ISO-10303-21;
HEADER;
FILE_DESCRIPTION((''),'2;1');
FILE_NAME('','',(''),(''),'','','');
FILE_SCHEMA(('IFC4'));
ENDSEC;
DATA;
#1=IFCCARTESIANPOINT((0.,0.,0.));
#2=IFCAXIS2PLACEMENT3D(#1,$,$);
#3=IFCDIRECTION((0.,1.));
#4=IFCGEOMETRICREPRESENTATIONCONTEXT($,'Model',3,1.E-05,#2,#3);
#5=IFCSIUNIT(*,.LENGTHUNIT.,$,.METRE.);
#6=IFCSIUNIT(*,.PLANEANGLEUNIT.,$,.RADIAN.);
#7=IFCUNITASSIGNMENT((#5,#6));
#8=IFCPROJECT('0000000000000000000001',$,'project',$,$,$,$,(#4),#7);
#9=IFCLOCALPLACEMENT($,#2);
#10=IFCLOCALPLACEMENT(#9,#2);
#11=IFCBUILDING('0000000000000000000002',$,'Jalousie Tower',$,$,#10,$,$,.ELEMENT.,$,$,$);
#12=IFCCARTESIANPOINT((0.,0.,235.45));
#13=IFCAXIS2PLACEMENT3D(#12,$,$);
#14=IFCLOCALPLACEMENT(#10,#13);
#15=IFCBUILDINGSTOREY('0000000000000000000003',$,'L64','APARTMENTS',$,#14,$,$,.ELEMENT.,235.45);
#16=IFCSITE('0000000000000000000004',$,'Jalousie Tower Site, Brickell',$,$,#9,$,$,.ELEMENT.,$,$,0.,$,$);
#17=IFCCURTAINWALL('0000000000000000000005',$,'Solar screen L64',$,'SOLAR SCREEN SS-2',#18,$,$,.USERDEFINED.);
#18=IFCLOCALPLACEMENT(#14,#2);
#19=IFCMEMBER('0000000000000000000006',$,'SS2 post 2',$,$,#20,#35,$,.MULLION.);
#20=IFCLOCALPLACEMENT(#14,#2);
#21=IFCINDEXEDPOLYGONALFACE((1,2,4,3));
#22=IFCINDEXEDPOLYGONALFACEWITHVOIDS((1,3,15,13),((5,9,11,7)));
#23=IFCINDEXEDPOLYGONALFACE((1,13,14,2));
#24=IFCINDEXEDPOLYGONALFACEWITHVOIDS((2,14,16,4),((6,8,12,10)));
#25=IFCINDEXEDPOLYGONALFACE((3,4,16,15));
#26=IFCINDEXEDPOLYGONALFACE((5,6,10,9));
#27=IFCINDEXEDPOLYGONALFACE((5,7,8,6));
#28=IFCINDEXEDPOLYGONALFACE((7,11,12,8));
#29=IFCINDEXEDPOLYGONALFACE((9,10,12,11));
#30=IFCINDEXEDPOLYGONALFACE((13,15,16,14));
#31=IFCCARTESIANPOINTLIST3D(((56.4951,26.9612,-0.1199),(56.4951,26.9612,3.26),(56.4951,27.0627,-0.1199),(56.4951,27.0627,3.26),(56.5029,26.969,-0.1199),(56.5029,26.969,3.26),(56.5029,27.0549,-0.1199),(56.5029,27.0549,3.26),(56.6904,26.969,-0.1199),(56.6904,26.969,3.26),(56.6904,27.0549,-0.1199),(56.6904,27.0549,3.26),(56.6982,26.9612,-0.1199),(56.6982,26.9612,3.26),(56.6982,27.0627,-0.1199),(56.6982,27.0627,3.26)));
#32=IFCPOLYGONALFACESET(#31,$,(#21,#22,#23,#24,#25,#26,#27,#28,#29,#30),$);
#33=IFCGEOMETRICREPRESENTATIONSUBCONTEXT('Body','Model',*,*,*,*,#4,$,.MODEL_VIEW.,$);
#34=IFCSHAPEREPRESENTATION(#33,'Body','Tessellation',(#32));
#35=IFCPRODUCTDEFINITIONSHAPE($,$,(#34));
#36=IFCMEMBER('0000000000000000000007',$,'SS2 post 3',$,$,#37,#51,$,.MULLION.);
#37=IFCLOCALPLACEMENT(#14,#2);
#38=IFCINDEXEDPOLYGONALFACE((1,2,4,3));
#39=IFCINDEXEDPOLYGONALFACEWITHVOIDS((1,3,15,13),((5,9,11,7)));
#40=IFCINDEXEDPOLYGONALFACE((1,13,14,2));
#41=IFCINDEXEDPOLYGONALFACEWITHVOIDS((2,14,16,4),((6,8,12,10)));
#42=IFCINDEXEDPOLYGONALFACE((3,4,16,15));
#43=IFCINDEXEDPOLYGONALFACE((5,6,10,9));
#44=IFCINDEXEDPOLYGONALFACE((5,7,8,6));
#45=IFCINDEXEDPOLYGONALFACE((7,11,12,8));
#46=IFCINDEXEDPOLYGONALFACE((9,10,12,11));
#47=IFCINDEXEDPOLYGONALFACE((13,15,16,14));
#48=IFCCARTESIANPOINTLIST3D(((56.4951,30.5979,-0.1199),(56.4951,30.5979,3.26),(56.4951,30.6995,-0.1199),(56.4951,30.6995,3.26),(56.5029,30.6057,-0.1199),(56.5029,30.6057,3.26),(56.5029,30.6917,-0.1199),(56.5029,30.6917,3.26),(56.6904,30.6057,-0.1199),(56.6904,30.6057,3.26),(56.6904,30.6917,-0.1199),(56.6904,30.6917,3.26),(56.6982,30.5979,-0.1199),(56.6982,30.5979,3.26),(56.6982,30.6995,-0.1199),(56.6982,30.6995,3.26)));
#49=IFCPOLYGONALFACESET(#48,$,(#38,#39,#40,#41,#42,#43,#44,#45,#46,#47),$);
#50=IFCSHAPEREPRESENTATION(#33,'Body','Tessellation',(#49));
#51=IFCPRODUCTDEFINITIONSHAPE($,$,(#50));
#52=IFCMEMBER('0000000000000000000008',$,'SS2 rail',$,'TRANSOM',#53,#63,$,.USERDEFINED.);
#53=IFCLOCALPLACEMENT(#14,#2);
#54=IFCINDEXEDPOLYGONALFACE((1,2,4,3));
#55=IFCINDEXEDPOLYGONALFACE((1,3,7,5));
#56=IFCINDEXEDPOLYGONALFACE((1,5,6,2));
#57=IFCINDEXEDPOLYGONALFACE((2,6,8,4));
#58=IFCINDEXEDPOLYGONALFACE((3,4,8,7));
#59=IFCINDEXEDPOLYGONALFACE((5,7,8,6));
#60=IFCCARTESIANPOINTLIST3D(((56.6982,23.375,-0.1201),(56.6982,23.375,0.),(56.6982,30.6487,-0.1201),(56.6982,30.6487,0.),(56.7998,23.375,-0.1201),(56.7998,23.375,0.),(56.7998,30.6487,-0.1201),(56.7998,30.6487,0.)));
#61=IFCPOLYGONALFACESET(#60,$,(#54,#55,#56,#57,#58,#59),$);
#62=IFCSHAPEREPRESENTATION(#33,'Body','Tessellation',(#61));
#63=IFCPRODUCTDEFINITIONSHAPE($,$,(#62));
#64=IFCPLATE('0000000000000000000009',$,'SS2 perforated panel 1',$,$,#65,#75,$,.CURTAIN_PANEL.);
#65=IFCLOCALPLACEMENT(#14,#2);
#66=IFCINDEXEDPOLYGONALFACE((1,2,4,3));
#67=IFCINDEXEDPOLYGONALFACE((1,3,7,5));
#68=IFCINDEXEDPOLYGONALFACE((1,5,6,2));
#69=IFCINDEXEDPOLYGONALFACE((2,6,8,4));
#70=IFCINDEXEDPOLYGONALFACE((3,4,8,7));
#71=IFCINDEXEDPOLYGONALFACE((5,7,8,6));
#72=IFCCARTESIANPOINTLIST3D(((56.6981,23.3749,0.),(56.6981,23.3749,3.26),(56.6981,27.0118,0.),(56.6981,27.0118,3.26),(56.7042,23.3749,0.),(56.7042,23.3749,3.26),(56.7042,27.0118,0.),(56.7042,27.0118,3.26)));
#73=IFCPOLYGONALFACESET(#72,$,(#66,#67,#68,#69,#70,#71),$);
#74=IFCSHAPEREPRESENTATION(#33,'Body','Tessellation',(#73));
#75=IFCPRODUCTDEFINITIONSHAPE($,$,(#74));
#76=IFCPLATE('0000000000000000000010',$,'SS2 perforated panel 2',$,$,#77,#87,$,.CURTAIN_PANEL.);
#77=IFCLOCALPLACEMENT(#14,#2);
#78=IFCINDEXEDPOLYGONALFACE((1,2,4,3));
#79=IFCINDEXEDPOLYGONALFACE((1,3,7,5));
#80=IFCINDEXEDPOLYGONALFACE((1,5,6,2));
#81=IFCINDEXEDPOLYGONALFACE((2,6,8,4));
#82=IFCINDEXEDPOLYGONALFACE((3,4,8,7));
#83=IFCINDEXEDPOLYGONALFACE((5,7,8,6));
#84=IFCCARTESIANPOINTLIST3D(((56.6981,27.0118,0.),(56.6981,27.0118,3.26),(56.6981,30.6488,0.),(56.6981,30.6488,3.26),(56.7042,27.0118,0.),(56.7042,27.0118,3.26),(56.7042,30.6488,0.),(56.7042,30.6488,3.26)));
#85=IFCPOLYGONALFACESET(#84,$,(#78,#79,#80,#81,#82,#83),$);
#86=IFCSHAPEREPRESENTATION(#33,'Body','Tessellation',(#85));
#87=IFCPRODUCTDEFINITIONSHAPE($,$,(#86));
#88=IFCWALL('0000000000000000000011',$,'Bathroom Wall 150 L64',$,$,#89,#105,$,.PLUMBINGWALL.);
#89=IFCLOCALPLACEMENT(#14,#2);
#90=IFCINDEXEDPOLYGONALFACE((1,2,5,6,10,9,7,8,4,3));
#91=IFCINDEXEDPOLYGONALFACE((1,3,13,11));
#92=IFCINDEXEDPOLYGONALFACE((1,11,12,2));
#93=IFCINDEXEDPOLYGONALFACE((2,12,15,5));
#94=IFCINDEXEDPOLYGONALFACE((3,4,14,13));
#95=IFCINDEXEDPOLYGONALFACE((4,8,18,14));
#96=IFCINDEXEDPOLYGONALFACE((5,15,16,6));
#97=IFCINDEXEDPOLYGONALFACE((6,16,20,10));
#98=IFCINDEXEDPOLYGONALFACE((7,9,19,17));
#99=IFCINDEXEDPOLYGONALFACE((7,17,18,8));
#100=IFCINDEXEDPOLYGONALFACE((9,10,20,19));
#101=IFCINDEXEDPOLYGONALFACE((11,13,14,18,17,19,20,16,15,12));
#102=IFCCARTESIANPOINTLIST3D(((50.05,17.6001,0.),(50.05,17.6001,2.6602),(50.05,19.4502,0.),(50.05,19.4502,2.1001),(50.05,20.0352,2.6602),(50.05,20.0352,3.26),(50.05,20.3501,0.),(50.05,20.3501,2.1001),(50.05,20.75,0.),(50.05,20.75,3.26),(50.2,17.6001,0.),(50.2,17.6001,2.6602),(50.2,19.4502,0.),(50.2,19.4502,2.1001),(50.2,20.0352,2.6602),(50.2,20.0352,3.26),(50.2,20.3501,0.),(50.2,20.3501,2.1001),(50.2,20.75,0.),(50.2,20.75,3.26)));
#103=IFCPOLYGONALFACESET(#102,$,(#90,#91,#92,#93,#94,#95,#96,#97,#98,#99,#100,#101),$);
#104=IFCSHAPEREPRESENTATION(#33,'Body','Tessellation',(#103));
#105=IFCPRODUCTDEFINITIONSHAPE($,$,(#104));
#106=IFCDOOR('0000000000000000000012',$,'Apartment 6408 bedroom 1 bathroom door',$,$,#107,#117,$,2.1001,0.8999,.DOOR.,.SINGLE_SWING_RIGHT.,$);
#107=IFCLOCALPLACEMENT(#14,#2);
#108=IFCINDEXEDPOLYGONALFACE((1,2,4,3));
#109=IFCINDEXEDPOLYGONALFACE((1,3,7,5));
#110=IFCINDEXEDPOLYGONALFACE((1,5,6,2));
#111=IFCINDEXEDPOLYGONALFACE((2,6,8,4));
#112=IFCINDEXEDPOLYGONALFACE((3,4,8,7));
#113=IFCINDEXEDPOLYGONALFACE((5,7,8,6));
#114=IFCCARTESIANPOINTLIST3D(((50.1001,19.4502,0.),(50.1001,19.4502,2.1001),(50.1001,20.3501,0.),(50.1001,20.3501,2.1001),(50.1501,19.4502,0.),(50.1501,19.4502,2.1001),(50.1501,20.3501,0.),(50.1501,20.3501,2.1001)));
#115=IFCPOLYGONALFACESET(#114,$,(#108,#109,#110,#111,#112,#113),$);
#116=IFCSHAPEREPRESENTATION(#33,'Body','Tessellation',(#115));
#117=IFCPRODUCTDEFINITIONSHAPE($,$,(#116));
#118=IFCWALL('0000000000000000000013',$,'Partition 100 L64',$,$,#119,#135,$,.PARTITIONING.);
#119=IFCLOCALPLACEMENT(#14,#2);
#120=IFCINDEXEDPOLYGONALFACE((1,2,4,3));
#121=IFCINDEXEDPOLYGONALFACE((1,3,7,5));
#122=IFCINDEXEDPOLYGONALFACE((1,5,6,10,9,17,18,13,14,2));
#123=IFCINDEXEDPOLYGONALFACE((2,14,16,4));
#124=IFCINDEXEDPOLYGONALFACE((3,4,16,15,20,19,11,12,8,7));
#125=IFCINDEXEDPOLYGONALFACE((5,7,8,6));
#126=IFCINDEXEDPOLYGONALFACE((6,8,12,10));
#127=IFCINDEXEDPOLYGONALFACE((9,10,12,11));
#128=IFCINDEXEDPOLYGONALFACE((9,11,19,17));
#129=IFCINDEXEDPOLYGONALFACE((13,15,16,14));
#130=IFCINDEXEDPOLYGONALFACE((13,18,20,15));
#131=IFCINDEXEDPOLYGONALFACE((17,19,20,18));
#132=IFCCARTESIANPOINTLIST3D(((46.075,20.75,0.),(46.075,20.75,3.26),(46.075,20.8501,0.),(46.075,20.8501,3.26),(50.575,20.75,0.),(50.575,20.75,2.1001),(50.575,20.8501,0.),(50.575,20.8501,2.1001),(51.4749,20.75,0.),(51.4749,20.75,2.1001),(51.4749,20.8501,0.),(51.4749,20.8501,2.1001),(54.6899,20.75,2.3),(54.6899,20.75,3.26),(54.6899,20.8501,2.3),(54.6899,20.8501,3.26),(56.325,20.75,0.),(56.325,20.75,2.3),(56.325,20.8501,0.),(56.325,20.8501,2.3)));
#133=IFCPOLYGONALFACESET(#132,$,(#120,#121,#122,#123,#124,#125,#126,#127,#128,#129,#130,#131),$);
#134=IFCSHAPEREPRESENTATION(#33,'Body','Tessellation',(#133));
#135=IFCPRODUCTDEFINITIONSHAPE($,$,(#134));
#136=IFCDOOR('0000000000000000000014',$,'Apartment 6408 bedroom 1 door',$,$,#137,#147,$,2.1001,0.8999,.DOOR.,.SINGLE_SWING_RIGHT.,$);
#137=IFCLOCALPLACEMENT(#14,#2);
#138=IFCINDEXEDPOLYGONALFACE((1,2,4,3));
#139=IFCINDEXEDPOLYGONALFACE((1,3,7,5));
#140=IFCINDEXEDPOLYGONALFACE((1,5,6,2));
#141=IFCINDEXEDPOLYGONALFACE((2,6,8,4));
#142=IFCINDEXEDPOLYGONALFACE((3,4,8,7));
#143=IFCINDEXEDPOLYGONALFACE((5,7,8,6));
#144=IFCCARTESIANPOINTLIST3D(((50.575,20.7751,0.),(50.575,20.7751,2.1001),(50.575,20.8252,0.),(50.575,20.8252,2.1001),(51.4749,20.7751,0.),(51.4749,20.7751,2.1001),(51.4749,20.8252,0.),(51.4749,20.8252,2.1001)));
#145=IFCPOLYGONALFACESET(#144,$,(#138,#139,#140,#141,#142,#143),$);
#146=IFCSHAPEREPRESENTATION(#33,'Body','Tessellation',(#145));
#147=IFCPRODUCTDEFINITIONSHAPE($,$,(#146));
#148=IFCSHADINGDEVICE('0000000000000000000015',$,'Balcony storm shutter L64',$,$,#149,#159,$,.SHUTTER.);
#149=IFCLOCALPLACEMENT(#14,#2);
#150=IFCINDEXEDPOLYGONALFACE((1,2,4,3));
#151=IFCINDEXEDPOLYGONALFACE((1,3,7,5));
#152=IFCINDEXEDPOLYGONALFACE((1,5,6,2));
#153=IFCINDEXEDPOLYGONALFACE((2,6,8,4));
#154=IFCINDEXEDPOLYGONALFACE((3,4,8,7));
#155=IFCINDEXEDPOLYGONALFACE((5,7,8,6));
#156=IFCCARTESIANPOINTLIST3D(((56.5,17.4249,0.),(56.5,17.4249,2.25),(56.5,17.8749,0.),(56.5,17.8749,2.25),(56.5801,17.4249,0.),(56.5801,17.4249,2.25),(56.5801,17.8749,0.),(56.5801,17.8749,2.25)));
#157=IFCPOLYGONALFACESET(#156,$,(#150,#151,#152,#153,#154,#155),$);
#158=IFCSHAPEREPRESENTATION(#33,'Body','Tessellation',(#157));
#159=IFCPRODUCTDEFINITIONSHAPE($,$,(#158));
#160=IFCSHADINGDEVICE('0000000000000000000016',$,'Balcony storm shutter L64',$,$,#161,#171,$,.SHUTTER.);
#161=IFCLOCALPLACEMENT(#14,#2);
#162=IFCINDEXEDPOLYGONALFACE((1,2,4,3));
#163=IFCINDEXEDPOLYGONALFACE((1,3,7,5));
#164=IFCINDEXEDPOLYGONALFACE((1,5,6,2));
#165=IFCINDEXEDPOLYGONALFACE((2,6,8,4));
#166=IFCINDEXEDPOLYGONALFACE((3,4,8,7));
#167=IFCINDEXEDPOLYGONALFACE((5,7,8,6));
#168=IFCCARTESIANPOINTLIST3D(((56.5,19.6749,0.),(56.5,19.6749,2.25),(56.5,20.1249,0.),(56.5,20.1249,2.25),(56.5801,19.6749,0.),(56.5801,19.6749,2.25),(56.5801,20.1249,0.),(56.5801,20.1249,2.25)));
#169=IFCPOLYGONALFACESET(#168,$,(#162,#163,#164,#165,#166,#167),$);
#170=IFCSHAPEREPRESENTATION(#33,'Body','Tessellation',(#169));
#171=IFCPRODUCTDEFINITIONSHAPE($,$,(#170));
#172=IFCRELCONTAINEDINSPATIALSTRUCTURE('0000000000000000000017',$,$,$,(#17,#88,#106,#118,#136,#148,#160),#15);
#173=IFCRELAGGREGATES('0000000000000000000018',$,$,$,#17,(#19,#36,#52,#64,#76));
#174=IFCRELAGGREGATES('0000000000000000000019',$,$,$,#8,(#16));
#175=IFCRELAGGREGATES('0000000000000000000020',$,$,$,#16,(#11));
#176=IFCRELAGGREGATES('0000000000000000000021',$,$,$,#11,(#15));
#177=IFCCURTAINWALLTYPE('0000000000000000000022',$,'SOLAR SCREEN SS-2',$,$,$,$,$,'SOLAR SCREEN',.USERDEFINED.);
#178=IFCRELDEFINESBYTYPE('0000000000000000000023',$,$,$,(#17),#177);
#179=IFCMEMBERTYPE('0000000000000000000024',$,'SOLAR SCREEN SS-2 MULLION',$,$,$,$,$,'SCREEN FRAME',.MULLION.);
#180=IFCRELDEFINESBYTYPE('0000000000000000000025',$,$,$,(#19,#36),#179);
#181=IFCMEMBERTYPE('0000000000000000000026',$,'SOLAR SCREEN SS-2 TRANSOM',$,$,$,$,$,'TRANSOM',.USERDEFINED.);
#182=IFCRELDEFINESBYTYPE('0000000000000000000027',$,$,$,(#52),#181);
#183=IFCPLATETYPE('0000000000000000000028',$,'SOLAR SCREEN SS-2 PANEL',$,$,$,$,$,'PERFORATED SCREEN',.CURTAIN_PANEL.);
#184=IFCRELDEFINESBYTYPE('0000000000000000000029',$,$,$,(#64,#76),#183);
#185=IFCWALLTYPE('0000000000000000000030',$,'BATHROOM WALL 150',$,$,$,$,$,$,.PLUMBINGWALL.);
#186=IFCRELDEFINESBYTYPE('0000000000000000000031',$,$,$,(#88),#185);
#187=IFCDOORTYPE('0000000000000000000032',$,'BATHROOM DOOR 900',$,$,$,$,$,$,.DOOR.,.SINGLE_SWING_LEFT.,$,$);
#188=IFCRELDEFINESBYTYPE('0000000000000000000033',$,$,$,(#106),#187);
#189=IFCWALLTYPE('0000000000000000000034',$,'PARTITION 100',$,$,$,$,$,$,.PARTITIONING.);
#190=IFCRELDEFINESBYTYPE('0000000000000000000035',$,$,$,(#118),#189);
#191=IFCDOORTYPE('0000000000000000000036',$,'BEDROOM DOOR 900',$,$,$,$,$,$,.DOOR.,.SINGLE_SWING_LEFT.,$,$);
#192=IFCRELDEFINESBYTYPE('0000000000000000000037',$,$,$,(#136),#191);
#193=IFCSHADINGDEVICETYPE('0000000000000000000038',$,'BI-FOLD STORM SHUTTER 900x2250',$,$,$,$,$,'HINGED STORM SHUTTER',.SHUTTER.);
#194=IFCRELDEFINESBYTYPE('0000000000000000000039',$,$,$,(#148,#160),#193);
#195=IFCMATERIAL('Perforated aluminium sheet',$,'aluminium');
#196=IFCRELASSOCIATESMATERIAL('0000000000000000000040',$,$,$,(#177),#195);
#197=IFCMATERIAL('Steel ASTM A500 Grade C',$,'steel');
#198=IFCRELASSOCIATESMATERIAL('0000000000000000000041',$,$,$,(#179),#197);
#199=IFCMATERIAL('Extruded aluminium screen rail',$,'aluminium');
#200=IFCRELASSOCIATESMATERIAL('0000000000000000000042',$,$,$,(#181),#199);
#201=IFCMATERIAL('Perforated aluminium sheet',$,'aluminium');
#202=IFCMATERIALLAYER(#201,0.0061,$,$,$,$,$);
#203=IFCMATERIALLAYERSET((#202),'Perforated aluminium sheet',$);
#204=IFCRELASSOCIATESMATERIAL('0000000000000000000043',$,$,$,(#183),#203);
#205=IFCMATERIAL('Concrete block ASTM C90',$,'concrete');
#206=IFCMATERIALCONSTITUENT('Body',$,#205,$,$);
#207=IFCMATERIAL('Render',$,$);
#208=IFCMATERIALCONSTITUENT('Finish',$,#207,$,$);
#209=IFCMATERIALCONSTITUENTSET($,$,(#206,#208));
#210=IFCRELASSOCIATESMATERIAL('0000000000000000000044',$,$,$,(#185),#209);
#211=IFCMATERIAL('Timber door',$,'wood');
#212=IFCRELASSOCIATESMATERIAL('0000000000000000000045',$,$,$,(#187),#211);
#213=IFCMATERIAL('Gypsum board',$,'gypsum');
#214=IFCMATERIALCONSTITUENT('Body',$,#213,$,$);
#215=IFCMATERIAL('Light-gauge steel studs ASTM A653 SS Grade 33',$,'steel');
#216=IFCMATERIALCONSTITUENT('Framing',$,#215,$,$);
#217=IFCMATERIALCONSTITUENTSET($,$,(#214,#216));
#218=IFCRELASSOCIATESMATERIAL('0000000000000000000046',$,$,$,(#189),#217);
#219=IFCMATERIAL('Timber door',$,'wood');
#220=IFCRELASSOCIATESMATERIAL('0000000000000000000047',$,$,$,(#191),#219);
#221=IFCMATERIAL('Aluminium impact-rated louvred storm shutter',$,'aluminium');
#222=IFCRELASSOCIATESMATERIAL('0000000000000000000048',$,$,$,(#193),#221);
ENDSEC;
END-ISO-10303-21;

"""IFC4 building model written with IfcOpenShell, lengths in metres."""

from ifc_helpers import new_model, si_unit, direction, frame, frame_2d, origin, origin_2d, place, context, subcontext, project, spatial, polyline, rectangle, hollow_rectangle, outline, extrude, material, layer, layer_set, constituent, constituent_set, material_profile, profile_set, type_object, element, fill, aggregate, save


model = new_model("IFC4")

# Units and contexts
model_context = context("Model", 3, precision=1e-05, world=origin(), true_north=direction((0.0, 1.0)))
body_context = subcontext(model_context, "Body", "Model", "MODEL_VIEW")
ifc_project = project(units=[si_unit("LENGTHUNIT", "METRE"), si_unit("PLANEANGLEUNIT", "RADIAN")], contexts=[model_context])

# Site, building, storey
site_placement = place(None, origin())
site = spatial("IfcSite", under=ifc_project, at=site_placement, Name="Jalousie Tower Site, Brickell", CompositionType="ELEMENT", RefElevation=0.0)
building_placement = place(site_placement, origin())
building = spatial("IfcBuilding", under=site, at=building_placement, Name="Jalousie Tower", CompositionType="ELEMENT")
storey_placement = place(building_placement, frame((0.0, 0.0, 235.45)))
storey = spatial("IfcBuildingStorey", under=building, at=storey_placement, Name="L64", Description="APARTMENTS", CompositionType="ELEMENT", Elevation=235.45)

# Curtain wall, members, plates
ifc_material_1 = material(Name="Perforated aluminium sheet", Category="aluminium")
curtain_wall_type_1 = type_object("IfcCurtainWallType", Name="SOLAR SCREEN SS-2", ElementType="SOLAR SCREEN", PredefinedType="USERDEFINED", material=ifc_material_1)
curtain_wall_1_placement = place(storey_placement, origin())
curtain_wall_1 = element("IfcCurtainWall", 1, at=curtain_wall_1_placement, inside=storey, type_object=curtain_wall_type_1, Name="Solar screen L64", ObjectType="SOLAR SCREEN SS-2", PredefinedType="USERDEFINED")
ifc_material_2 = material(Name="Steel ASTM A500 Grade C", Category="steel")
ifc_material_profile_1 = material_profile(ifc_material_2, hollow_rectangle(XDim=0.1016, YDim=0.2031, WallThickness=0.0078, at=origin_2d()), Name="HSS8X4X5/16")
ifc_profile_set_1 = profile_set([ifc_material_profile_1], Name="Steel ASTM A500 Grade C")
member_type_1 = type_object("IfcMemberType", Name="SOLAR SCREEN SS-2 MULLION", ElementType="SCREEN FRAME", PredefinedType="MULLION", material=ifc_profile_set_1)
member_1_placement = place(storey_placement, frame((56.5967, 27.012, -0.1199), z_axis=(0.0, 0.0, 1.0), x_axis=(0.0, 1.0, 0.0)))
member_1 = element("IfcMember", 2, at=member_1_placement, type_object=member_type_1, Name="SS2 post 2", PredefinedType="MULLION", context=body_context, shape_type="SweptSolid", body=[
    extrude(hollow_rectangle(XDim=0.1016, YDim=0.2031, WallThickness=0.0078, at=origin_2d()), origin(), (0.0, 0.0, 1.0), 3.3799),
])
member_2_placement = place(storey_placement, frame((56.5967, 30.6487, -0.1199), z_axis=(0.0, 0.0, 1.0), x_axis=(0.0, 1.0, 0.0)))
member_2 = element("IfcMember", 3, at=member_2_placement, type_object=member_type_1, Name="SS2 post 3", PredefinedType="MULLION", context=body_context, shape_type="SweptSolid", body=[
    extrude(hollow_rectangle(XDim=0.1016, YDim=0.2031, WallThickness=0.0078, at=origin_2d()), origin(), (0.0, 0.0, 1.0), 3.3799),
])
ifc_material_3 = material(Name="Extruded aluminium screen rail", Category="aluminium")
ifc_material_profile_2 = material_profile(ifc_material_3, rectangle(XDim=0.1016, YDim=0.1201, at=origin_2d()), Name="RAIL 102x120")
ifc_profile_set_2 = profile_set([ifc_material_profile_2], Name="Extruded aluminium screen rail")
member_type_2 = type_object("IfcMemberType", Name="SOLAR SCREEN SS-2 TRANSOM", ElementType="TRANSOM", PredefinedType="USERDEFINED", material=ifc_profile_set_2)
member_3_placement = place(storey_placement, frame((56.749, 23.375, -0.0601), z_axis=(0.0, 1.0, 0.0), x_axis=(-1.0, 0.0, 0.0)))
member_3 = element("IfcMember", 4, at=member_3_placement, type_object=member_type_2, Name="SS2 rail", ObjectType="TRANSOM", PredefinedType="USERDEFINED", context=body_context, shape_type="SweptSolid", body=[
    extrude(rectangle(XDim=0.1016, YDim=0.1201, at=origin_2d()), origin(), (0.0, 0.0, 1.0), 7.2737),
])
ifc_material_4 = material(Name="Perforated aluminium sheet", Category="aluminium")
ifc_layer_1 = layer(ifc_material_4, 0.0061)
ifc_layer_set_1 = layer_set([ifc_layer_1], Name="Perforated aluminium sheet")
plate_type = type_object("IfcPlateType", Name="SOLAR SCREEN SS-2 PANEL", ElementType="PERFORATED SCREEN", PredefinedType="CURTAIN_PANEL", material=ifc_layer_set_1)
plate_1_placement = place(storey_placement, frame((56.7012, 25.1934, 0.0), z_axis=(0.0, 0.0, 1.0), x_axis=(0.0, 1.0, 0.0)))
plate_1 = element("IfcPlate", 5, at=plate_1_placement, type_object=plate_type, Name="SS2 perforated panel 1", PredefinedType="CURTAIN_PANEL", context=body_context, shape_type="SweptSolid", body=[
    extrude(rectangle(XDim=3.637, YDim=0.0061, at=origin_2d()), origin(), (0.0, 0.0, 1.0), 3.26),
])
plate_2_placement = place(storey_placement, frame((56.7012, 28.8303, 0.0), z_axis=(0.0, 0.0, 1.0), x_axis=(0.0, 1.0, 0.0)))
plate_2 = element("IfcPlate", 6, at=plate_2_placement, type_object=plate_type, Name="SS2 perforated panel 2", PredefinedType="CURTAIN_PANEL", context=body_context, shape_type="SweptSolid", body=[
    extrude(rectangle(XDim=3.637, YDim=0.0061, at=origin_2d()), origin(), (0.0, 0.0, 1.0), 3.26),
])
aggregate(curtain_wall_1, [member_1, member_2, member_3, plate_1, plate_2])

# Walls, openings, doors
ifc_material_5 = material(Name="Concrete block ASTM C90", Category="concrete")
ifc_constituent_1 = constituent(ifc_material_5, Name="Body")
ifc_material_6 = material(Name="Render")
ifc_constituent_2 = constituent(ifc_material_6, Name="Finish")
ifc_constituent_set_1 = constituent_set(constituents=[ifc_constituent_1, ifc_constituent_2])
wall_type_1 = type_object("IfcWallType", Name="BATHROOM WALL 150", PredefinedType="PLUMBINGWALL", material=ifc_constituent_set_1)
wall_1_placement = place(storey_placement, frame((50.125, 17.6001, 0.0), z_axis=(0.0, 0.0, 1.0), x_axis=(0.0, 1.0, 0.0)))
wall_1 = element("IfcWall", 7, at=wall_1_placement, inside=storey, type_object=wall_type_1, Name="Bathroom Wall 150 L64", PredefinedType="PLUMBINGWALL", context=body_context, shape_type="SweptSolid", body=[
    extrude(outline(polyline([(0.0, 0.0), (3.1499, 0.0), (3.1499, 3.26), (2.4351, 3.26), (2.4351, 2.6602), (0.0, 2.6602), (0.0, 3.26), (0.0, 0.0)])), frame((0.0, 0.075, 0.0), z_axis=(0.0, -1.0, 0.0), x_axis=(1.0, 0.0, 0.0)), (0.0, 0.0, 1.0), 0.1499),
])
opening_1_placement = place(wall_1_placement, frame((1.8501, 0.0, 0.0)))
opening_1 = element("IfcOpeningElement", 8, at=opening_1_placement, cuts=wall_1, PredefinedType="OPENING", context=body_context, shape_type="SweptSolid", body=[
    extrude(rectangle(XDim=0.8999, YDim=2.1001, at=frame_2d((0.45, 1.05))), frame((0.0, 0.085, 0.0), z_axis=(0.0, -1.0, 0.0), x_axis=(1.0, 0.0, 0.0)), (0.0, 0.0, 1.0), 0.1699),
])
ifc_material_7 = material(Name="Timber door", Category="wood")
door_type_1 = type_object("IfcDoorType", Name="BATHROOM DOOR 900", OperationType="SINGLE_SWING_LEFT", PredefinedType="DOOR", material=ifc_material_7)
door_1_placement = place(opening_1_placement, origin())
door_1 = element("IfcDoor", 9, at=door_1_placement, inside=storey, type_object=door_type_1, Name="Apartment 6408 bedroom 1 bathroom door", OperationType="SINGLE_SWING_RIGHT", OverallHeight=2.1001, OverallWidth=0.8999, PredefinedType="DOOR", context=body_context, shape_type="SweptSolid", body=[
    extrude(rectangle(XDim=0.8999, YDim=2.1001, at=frame_2d((0.45, 1.05))), frame((0.0, 0.0249, 0.0), z_axis=(0.0, -1.0, 0.0), x_axis=(1.0, 0.0, 0.0)), (0.0, 0.0, 1.0), 0.05),
])
fill(opening_1, door_1)
ifc_material_8 = material(Name="Gypsum board", Category="gypsum")
ifc_constituent_3 = constituent(ifc_material_8, Name="Body")
ifc_material_9 = material(Name="Light-gauge steel studs ASTM A653 SS Grade 33", Category="steel")
ifc_constituent_4 = constituent(ifc_material_9, Name="Framing")
ifc_constituent_set_2 = constituent_set(constituents=[ifc_constituent_3, ifc_constituent_4])
wall_type_2 = type_object("IfcWallType", Name="PARTITION 100", PredefinedType="PARTITIONING", material=ifc_constituent_set_2)
wall_2_placement = place(storey_placement, frame((56.325, 20.8, 0.0), z_axis=(0.0, 0.0, 1.0), x_axis=(-1.0, 0.0, 0.0)))
wall_2 = element("IfcWall", 10, at=wall_2_placement, inside=storey, type_object=wall_type_2, Name="Partition 100 L64", PredefinedType="PARTITIONING", context=body_context, shape_type="SweptSolid", body=[
    extrude(outline(polyline([(0.0, 0.0), (10.25, 0.0), (10.25, 3.26), (1.635, 3.26), (1.635, 2.3), (0.0, 2.3), (0.0, 3.26), (0.0, 0.0)])), frame((0.0, 0.05, 0.0), z_axis=(0.0, -1.0, 0.0), x_axis=(1.0, 0.0, 0.0)), (0.0, 0.0, 1.0), 0.1001),
])
opening_2_placement = place(wall_2_placement, frame((4.8501, 0.0, 0.0)))
opening_2 = element("IfcOpeningElement", 11, at=opening_2_placement, cuts=wall_2, PredefinedType="OPENING", context=body_context, shape_type="SweptSolid", body=[
    extrude(rectangle(XDim=0.8999, YDim=2.1001, at=frame_2d((0.45, 1.05))), frame((0.0, 0.0601, 0.0), z_axis=(0.0, -1.0, 0.0), x_axis=(1.0, 0.0, 0.0)), (0.0, 0.0, 1.0), 0.1201),
])
ifc_material_10 = material(Name="Timber door", Category="wood")
door_type_2 = type_object("IfcDoorType", Name="BEDROOM DOOR 900", OperationType="SINGLE_SWING_LEFT", PredefinedType="DOOR", material=ifc_material_10)
door_2_placement = place(opening_2_placement, origin())
door_2 = element("IfcDoor", 12, at=door_2_placement, inside=storey, type_object=door_type_2, Name="Apartment 6408 bedroom 1 door", OperationType="SINGLE_SWING_RIGHT", OverallHeight=2.1001, OverallWidth=0.8999, PredefinedType="DOOR", context=body_context, shape_type="SweptSolid", body=[
    extrude(rectangle(XDim=0.8999, YDim=2.1001, at=frame_2d((0.45, 1.05))), frame((0.0, 0.0249, 0.0), z_axis=(0.0, -1.0, 0.0), x_axis=(1.0, 0.0, 0.0)), (0.0, 0.0, 1.0), 0.05),
])
fill(opening_2, door_2)

# Shading devices
ifc_material_11 = material(Name="Aluminium impact-rated louvred storm shutter", Category="aluminium")
shading_device_type_1 = type_object("IfcShadingDeviceType", Name="BI-FOLD STORM SHUTTER 900x2250", ElementType="HINGED STORM SHUTTER", PredefinedType="SHUTTER", material=ifc_material_11)
for number, where, z_axis, x_axis, name in (
    (13, (56.54, 17.6499, 0.0), (0.0, 0.0, 1.0), (0.0, 1.0, 0.0), "Balcony storm shutter L64"),
    (14, (56.54, 19.8999, 0.0), (0.0, 0.0, 1.0), (0.0, 1.0, 0.0), "Balcony storm shutter L64"),
):
    element("IfcShadingDevice", number, at=place(storey_placement, frame(where, z_axis=z_axis, x_axis=x_axis)), inside=storey, type_object=shading_device_type_1, Name=name, PredefinedType="SHUTTER", context=body_context, shape_type="SweptSolid", body=[
        extrude(rectangle(XDim=0.45, YDim=0.0801, at=origin_2d()), origin(), (0.0, 0.0, 1.0), 2.25),
    ])

save(model, "model.ifc")
